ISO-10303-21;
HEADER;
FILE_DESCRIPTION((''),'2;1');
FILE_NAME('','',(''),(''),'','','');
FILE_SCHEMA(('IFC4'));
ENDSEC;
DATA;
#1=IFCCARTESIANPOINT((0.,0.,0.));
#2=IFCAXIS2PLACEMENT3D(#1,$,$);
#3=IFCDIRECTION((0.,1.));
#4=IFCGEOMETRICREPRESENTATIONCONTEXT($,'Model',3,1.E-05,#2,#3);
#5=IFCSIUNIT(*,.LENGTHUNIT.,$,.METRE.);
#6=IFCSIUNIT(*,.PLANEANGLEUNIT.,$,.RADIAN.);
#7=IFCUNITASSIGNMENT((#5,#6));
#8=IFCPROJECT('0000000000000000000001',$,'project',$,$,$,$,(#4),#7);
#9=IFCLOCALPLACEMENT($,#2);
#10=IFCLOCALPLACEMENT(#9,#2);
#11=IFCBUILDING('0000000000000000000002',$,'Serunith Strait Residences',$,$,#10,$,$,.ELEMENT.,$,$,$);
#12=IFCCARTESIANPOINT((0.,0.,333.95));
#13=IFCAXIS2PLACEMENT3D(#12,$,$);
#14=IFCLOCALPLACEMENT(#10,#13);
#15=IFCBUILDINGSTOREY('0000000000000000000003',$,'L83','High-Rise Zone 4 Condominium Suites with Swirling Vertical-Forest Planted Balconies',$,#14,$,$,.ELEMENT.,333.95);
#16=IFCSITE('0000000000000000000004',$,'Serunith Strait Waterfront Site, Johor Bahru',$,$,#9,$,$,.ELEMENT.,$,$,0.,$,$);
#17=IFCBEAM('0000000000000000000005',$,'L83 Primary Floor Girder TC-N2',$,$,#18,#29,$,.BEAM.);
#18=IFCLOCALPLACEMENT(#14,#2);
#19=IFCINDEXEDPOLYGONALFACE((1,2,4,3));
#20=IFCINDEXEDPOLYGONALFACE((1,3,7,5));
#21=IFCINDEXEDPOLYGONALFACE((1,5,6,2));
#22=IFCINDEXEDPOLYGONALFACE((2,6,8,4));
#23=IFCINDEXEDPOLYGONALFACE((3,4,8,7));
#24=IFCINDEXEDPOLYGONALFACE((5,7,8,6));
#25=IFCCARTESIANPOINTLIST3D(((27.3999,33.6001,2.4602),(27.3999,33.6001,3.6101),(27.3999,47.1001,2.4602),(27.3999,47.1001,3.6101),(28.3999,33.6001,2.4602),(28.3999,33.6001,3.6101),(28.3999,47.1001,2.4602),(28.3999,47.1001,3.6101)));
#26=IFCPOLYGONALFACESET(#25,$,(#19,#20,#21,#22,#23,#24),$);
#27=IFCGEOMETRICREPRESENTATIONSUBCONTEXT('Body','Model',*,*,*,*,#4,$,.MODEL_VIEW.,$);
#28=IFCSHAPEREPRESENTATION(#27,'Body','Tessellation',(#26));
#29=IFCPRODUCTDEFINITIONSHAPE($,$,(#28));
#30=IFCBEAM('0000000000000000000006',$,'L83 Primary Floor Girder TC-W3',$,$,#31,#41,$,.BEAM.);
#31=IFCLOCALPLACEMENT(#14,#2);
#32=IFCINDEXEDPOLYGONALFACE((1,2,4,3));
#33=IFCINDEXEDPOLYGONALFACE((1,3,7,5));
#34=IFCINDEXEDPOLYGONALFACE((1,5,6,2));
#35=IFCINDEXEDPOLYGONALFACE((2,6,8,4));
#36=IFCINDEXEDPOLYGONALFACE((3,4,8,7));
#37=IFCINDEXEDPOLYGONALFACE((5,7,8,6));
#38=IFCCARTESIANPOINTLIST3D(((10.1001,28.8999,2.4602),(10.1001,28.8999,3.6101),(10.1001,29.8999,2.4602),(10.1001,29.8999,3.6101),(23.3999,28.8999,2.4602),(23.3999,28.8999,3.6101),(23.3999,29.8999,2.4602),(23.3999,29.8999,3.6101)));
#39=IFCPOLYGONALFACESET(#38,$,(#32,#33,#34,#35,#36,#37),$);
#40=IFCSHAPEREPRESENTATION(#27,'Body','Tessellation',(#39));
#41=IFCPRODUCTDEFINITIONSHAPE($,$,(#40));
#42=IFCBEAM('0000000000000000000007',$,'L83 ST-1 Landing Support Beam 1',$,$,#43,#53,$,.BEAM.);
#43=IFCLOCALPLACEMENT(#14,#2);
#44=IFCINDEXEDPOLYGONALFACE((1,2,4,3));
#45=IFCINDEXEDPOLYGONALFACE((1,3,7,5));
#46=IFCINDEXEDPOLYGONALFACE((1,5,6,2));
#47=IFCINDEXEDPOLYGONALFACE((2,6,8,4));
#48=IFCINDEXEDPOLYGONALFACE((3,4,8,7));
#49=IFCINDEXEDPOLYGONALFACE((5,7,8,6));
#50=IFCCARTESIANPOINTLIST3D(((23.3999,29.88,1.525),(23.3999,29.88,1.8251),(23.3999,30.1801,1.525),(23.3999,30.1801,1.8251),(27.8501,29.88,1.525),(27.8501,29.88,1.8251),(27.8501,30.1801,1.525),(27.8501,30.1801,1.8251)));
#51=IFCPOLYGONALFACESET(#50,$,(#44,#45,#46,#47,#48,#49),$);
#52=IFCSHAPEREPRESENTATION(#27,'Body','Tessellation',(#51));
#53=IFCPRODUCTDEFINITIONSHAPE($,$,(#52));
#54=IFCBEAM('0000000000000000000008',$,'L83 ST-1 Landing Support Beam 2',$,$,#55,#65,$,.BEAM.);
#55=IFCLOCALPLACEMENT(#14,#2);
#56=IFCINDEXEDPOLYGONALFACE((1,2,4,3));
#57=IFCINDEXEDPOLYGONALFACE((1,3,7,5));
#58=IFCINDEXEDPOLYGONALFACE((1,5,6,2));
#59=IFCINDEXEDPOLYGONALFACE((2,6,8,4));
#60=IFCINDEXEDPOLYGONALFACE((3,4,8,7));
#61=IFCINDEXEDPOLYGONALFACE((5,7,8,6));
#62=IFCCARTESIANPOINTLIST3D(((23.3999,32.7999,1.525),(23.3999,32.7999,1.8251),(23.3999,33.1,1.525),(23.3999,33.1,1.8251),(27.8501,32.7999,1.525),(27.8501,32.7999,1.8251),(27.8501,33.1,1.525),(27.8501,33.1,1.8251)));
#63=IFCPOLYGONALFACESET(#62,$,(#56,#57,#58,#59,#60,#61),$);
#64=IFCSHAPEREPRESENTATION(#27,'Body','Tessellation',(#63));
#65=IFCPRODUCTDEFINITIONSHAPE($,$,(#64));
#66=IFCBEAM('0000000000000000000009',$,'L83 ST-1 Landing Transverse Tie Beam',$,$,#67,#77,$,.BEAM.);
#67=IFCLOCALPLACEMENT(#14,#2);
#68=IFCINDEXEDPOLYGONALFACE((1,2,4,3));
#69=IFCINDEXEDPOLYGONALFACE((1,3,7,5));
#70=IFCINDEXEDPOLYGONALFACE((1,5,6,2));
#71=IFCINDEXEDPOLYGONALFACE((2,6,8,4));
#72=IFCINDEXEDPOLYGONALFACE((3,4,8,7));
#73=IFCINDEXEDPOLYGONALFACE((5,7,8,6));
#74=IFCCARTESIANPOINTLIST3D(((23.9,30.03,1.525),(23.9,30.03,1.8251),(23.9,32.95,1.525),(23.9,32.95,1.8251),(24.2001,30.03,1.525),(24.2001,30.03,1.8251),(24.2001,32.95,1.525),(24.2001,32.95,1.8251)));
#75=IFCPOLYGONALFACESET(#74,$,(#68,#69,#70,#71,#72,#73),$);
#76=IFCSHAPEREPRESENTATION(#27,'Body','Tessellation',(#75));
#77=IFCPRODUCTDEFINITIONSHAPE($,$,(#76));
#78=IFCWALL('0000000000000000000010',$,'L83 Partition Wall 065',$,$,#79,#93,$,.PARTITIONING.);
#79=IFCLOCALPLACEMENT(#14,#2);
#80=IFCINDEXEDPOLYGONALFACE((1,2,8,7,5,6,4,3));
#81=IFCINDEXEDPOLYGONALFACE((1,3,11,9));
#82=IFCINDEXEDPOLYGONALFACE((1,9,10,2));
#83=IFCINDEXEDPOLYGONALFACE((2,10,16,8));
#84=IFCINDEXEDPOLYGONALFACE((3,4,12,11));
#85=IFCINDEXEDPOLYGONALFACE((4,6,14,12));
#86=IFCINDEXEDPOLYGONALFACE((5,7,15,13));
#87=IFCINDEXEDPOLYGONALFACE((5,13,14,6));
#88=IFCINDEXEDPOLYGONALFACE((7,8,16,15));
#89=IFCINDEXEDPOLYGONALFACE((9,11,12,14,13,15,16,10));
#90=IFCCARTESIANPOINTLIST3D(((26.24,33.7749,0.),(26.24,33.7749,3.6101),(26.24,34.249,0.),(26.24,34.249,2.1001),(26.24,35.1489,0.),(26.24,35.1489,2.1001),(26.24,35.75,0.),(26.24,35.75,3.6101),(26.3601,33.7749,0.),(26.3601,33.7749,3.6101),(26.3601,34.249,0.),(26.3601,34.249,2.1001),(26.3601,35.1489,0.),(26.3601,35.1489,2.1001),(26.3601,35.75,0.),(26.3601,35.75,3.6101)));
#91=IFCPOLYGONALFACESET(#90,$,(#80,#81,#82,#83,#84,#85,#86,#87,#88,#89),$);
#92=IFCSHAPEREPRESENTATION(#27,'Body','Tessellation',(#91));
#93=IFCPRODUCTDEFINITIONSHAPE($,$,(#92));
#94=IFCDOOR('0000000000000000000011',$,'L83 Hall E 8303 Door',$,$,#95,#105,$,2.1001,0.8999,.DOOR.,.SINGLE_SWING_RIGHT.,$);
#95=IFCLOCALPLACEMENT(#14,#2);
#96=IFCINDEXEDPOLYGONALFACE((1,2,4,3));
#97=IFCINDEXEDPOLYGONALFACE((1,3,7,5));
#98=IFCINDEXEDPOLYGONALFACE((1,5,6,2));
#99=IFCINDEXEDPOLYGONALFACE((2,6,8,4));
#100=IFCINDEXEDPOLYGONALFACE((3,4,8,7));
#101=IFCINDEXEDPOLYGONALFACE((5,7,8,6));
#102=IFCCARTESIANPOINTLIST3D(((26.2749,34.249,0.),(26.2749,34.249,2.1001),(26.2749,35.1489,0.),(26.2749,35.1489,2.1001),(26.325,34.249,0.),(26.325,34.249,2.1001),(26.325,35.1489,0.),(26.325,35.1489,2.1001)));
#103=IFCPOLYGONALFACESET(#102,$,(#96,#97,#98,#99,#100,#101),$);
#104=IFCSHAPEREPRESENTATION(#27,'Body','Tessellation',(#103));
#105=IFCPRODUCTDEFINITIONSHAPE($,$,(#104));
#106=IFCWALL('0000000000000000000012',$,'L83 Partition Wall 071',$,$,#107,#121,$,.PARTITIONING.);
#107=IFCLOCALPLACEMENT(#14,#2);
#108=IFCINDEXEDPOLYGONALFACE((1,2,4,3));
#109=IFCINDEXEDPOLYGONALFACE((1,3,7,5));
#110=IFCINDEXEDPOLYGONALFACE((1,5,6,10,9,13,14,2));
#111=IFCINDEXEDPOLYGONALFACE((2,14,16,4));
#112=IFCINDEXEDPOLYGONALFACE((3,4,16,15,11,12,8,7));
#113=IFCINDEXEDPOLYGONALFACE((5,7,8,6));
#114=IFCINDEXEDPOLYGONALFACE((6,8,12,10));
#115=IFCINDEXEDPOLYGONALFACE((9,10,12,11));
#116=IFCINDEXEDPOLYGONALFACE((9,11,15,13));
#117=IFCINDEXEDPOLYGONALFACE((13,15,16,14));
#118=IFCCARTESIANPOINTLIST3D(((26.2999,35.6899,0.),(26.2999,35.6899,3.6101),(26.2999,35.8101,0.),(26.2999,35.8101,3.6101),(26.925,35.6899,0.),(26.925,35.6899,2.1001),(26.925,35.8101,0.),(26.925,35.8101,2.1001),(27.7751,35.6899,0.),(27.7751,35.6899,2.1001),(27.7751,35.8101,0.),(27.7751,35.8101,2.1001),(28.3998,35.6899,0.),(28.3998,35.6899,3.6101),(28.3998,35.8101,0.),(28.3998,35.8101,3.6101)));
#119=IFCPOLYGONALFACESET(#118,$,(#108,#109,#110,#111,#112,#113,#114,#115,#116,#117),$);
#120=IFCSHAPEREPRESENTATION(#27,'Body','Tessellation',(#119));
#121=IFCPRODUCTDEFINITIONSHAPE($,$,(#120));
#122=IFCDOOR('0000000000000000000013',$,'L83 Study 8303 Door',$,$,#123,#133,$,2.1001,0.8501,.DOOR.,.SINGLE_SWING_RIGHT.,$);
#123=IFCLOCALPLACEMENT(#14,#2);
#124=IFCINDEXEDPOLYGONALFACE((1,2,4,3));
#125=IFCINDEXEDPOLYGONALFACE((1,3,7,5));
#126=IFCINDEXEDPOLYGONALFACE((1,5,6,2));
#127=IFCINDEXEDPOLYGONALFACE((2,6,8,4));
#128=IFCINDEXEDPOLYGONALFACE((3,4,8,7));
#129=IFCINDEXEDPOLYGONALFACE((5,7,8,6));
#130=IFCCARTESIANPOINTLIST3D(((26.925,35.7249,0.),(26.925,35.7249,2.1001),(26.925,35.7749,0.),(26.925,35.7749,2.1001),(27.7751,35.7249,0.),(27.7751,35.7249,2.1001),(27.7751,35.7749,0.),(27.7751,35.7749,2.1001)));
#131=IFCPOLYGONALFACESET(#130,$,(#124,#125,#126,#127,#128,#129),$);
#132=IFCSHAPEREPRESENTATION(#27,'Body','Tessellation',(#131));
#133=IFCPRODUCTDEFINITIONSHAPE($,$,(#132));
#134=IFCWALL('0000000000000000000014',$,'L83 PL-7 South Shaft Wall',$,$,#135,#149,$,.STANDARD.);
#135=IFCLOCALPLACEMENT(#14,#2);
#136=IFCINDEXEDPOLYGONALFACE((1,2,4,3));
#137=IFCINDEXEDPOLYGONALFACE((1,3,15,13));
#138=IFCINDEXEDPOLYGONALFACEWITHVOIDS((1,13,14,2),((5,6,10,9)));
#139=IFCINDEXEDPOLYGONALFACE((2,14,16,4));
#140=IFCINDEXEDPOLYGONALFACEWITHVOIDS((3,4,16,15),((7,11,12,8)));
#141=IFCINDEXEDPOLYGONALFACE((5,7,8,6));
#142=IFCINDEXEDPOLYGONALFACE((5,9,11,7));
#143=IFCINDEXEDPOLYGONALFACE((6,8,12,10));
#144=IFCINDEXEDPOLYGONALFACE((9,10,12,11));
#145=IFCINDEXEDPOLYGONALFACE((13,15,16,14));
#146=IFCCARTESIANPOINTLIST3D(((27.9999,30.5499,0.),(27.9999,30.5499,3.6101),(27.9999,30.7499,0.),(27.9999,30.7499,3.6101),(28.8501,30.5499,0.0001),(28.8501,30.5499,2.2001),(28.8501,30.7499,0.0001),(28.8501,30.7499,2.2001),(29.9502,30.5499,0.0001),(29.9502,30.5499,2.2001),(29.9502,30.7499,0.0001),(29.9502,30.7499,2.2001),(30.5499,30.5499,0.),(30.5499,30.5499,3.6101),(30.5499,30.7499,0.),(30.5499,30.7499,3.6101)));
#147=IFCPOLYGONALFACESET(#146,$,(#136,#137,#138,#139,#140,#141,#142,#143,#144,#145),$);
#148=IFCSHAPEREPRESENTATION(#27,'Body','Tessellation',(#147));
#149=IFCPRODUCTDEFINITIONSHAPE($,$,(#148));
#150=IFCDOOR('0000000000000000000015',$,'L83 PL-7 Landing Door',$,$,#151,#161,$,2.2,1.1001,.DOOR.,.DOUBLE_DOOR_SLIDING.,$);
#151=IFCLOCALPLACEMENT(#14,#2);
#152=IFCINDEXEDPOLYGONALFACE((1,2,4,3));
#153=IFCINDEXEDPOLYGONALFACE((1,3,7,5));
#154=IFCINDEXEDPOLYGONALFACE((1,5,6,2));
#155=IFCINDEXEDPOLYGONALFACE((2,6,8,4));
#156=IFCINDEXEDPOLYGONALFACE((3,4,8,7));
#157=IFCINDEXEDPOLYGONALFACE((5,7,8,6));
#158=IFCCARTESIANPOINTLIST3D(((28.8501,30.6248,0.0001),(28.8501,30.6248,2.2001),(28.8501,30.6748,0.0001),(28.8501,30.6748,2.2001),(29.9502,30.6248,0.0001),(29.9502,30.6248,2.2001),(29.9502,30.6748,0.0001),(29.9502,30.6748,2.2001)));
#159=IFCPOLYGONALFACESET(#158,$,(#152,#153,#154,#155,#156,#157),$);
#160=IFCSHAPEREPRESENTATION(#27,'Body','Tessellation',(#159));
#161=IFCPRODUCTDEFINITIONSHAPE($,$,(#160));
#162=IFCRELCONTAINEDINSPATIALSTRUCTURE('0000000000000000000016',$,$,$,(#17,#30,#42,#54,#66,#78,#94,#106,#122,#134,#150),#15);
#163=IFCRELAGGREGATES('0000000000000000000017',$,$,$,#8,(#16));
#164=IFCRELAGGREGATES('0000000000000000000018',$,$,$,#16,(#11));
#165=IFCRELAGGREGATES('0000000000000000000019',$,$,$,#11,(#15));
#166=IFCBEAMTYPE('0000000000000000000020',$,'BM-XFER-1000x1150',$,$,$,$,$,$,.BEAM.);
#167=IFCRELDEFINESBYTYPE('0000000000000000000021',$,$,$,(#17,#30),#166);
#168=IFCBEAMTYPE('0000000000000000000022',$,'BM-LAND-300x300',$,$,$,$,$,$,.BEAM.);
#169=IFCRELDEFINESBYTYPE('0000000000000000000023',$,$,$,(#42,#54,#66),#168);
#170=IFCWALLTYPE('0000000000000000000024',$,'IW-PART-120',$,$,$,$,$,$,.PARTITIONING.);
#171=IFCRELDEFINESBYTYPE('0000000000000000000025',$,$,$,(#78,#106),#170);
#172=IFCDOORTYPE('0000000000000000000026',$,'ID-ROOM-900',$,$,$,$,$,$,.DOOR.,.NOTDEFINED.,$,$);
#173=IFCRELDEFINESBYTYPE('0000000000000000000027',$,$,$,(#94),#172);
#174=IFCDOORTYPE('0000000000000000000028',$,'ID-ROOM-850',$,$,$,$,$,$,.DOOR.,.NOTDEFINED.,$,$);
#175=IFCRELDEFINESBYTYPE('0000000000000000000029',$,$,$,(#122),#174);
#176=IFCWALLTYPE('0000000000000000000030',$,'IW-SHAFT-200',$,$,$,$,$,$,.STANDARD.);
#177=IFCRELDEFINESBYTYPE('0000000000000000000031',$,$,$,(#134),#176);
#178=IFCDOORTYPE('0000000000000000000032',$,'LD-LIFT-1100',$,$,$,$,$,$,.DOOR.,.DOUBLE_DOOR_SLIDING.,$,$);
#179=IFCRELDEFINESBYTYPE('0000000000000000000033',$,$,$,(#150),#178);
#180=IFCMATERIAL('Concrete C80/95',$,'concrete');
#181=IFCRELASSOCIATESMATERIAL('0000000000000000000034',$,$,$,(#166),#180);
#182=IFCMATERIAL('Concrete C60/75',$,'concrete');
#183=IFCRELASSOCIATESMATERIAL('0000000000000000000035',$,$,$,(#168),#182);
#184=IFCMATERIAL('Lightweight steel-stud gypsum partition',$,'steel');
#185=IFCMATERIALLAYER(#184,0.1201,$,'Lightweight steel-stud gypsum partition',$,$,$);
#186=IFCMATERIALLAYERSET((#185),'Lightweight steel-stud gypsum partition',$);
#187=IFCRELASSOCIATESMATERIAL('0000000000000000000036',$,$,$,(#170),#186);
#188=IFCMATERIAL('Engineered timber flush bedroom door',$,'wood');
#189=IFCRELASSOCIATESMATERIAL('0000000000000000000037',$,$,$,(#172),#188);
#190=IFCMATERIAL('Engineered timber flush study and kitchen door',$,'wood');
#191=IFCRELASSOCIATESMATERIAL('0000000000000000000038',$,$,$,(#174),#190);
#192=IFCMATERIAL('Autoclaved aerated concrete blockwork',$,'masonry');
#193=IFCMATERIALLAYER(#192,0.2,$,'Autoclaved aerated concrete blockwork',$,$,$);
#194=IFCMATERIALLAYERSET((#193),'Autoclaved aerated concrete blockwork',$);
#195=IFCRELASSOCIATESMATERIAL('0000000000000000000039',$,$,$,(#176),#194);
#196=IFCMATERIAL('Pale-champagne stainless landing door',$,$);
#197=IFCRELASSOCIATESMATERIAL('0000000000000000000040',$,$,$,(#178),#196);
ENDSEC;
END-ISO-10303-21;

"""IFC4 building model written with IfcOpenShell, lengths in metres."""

from ifc_helpers import new_model, si_unit, direction, frame, frame_2d, origin, origin_2d, place, context, subcontext, project, spatial, rectangle, extrude, source, transform, mapped, material, layer, layer_set, material_profile, profile_set, type_object, element, fill, save


model = new_model("IFC4")

# Units and contexts
model_context = context("Model", 3, precision=1e-05, world=origin(), true_north=direction((0.0, 1.0)))
body_context = subcontext(model_context, "Body", "Model", "MODEL_VIEW")
ifc_project = project(units=[si_unit("LENGTHUNIT", "METRE"), si_unit("PLANEANGLEUNIT", "RADIAN")], contexts=[model_context])

# Site, building, storey
site_placement = place(None, origin())
site = spatial("IfcSite", under=ifc_project, at=site_placement, Name="Serunith Strait Waterfront Site, Johor Bahru", CompositionType="ELEMENT", RefElevation=0.0)
building_placement = place(site_placement, origin())
building = spatial("IfcBuilding", under=site, at=building_placement, Name="Serunith Strait Residences", CompositionType="ELEMENT")
storey_placement = place(building_placement, frame((0.0, 0.0, 333.95)))
storey = spatial("IfcBuildingStorey", under=building, at=storey_placement, Name="L83", Description="High-Rise Zone 4 Condominium Suites with Swirling Vertical-Forest Planted Balconies", CompositionType="ELEMENT", Elevation=333.95)

# Beams
ifc_material_1 = material(Name="Concrete C80/95", Category="concrete")
ifc_material_profile_1 = material_profile(ifc_material_1, rectangle(XDim=1.0, YDim=1.1499, at=origin_2d()), Name="RC 1000x1150")
ifc_profile_set_1 = profile_set([ifc_material_profile_1], Name="Concrete C80/95")
beam_type_1 = type_object("IfcBeamType", Name="BM-XFER-1000x1150", PredefinedType="BEAM", material=ifc_profile_set_1)
shared_shape_1 = source(origin(), body_context, "Body", "SweptSolid", [
    extrude(rectangle(XDim=1.0, YDim=1.1499, at=origin_2d()), origin(), (0.0, 0.0, 1.0), 13.5),
])
beam_1_placement = place(storey_placement, frame((27.8999, 33.6001, 3.0352), z_axis=(0.0, 1.0, 0.0), x_axis=(-1.0, 0.0, 0.0)))
element("IfcBeam", 1, at=beam_1_placement, inside=storey, type_object=beam_type_1, Name="L83 Primary Floor Girder TC-N2", PredefinedType="BEAM", context=body_context, shape_type="MappedRepresentation", body=[
    mapped(shared_shape_1, transform((0.0, 0.0, 0.0), scale=1.0)),
])
shared_shape_2 = source(origin(), body_context, "Body", "SweptSolid", [
    extrude(rectangle(XDim=1.0, YDim=1.1499, at=origin_2d()), origin(), (0.0, 0.0, 1.0), 13.2998),
])
beam_2_placement = place(storey_placement, frame((23.3999, 29.3999, 3.0352), z_axis=(-1.0, 0.0, 0.0), x_axis=(0.0, -1.0, 0.0)))
element("IfcBeam", 2, at=beam_2_placement, inside=storey, type_object=beam_type_1, Name="L83 Primary Floor Girder TC-W3", PredefinedType="BEAM", context=body_context, shape_type="MappedRepresentation", body=[
    mapped(shared_shape_2, transform((0.0, 0.0, 0.0), scale=1.0)),
])
ifc_material_2 = material(Name="Concrete C60/75", Category="concrete")
ifc_material_profile_2 = material_profile(ifc_material_2, rectangle(XDim=0.3, YDim=0.3, at=origin_2d()), Name="RC 300x300")
ifc_profile_set_2 = profile_set([ifc_material_profile_2], Name="Concrete C60/75")
beam_type_2 = type_object("IfcBeamType", Name="BM-LAND-300x300", PredefinedType="BEAM", material=ifc_profile_set_2)
shared_shape_3 = source(origin(), body_context, "Body", "SweptSolid", [
    extrude(rectangle(XDim=0.3, YDim=0.3, at=origin_2d()), origin(), (0.0, 0.0, 1.0), 4.4502),
])
for number, where, z_axis, x_axis, name in (
    (3, (23.3999, 30.03, 1.675), (1.0, 0.0, 0.0), (0.0, 1.0, 0.0), "L83 ST-1 Landing Support Beam 1"),
    (4, (23.3999, 32.95, 1.675), (1.0, 0.0, 0.0), (0.0, 1.0, 0.0), "L83 ST-1 Landing Support Beam 2"),
):
    element("IfcBeam", number, at=place(storey_placement, frame(where, z_axis=z_axis, x_axis=x_axis)), inside=storey, type_object=beam_type_2, Name=name, PredefinedType="BEAM", context=body_context, shape_type="MappedRepresentation", body=[
        mapped(shared_shape_3, transform((0.0, 0.0, 0.0), scale=1.0)),
    ])
shared_shape_4 = source(origin(), body_context, "Body", "SweptSolid", [
    extrude(rectangle(XDim=0.3, YDim=0.3, at=origin_2d()), origin(), (0.0, 0.0, 1.0), 2.9199),
])
beam_3_placement = place(storey_placement, frame((24.05, 30.03, 1.675), z_axis=(0.0, 1.0, 0.0), x_axis=(-1.0, 0.0, 0.0)))
element("IfcBeam", 5, at=beam_3_placement, inside=storey, type_object=beam_type_2, Name="L83 ST-1 Landing Transverse Tie Beam", PredefinedType="BEAM", context=body_context, shape_type="MappedRepresentation", body=[
    mapped(shared_shape_4, transform((0.0, 0.0, 0.0), scale=1.0)),
])

# Walls, openings, doors
ifc_material_3 = material(Name="Lightweight steel-stud gypsum partition", Category="steel")
ifc_layer_1 = layer(ifc_material_3, 0.1201, Name="Lightweight steel-stud gypsum partition")
ifc_layer_set_1 = layer_set([ifc_layer_1], Name="Lightweight steel-stud gypsum partition")
wall_type_1 = type_object("IfcWallType", Name="IW-PART-120", PredefinedType="PARTITIONING", material=ifc_layer_set_1)
wall_1_placement = place(storey_placement, frame((26.3, 35.75, 0.0), z_axis=(0.0, 0.0, 1.0), x_axis=(0.0, -1.0, 0.0)))
wall_1 = element("IfcWall", 6, at=wall_1_placement, inside=storey, type_object=wall_type_1, Name="L83 Partition Wall 065", PredefinedType="PARTITIONING", context=body_context, shape_type="SweptSolid", body=[
    extrude(rectangle(XDim=1.9751, YDim=0.1201, at=frame_2d((0.9875, 0.0))), origin(), (0.0, 0.0, 1.0), 3.6101),
])
opening_1_placement = place(wall_1_placement, frame((0.6011, 0.0, 0.0)))
opening_1 = element("IfcOpeningElement", 7, at=opening_1_placement, cuts=wall_1, PredefinedType="OPENING", context=body_context, shape_type="SweptSolid", body=[
    extrude(rectangle(XDim=0.8999, YDim=2.1001, at=frame_2d((0.45, 1.05))), frame((0.0, 0.0701, 0.0), z_axis=(0.0, -1.0, 0.0), x_axis=(1.0, 0.0, 0.0)), (0.0, 0.0, 1.0), 0.1401),
])
ifc_material_4 = material(Name="Engineered timber flush bedroom door", Category="wood")
door_type_1 = type_object("IfcDoorType", Name="ID-ROOM-900", OperationType="NOTDEFINED", PredefinedType="DOOR", material=ifc_material_4)
shared_shape_5 = source(origin(), body_context, "Body", "SweptSolid", [
    extrude(rectangle(XDim=0.8999, YDim=2.1001, at=frame_2d((0.45, 1.05))), frame((0.0, 0.0249, 0.0), z_axis=(0.0, -1.0, 0.0), x_axis=(1.0, 0.0, 0.0)), (0.0, 0.0, 1.0), 0.05),
])
door_1_placement = place(opening_1_placement, origin())
door_1 = element("IfcDoor", 8, at=door_1_placement, inside=storey, type_object=door_type_1, Name="L83 Hall E 8303 Door", OperationType="SINGLE_SWING_RIGHT", OverallHeight=2.1001, OverallWidth=0.8999, PredefinedType="DOOR", context=body_context, shape_type="MappedRepresentation", body=[
    mapped(shared_shape_5, transform((0.0, 0.0, 0.0), scale=1.0)),
])
fill(opening_1, door_1)
wall_2_placement = place(storey_placement, frame((26.3, 35.75, 0.0), z_axis=(0.0, 0.0, 1.0), x_axis=(1.0, 0.0, 0.0)))
wall_2 = element("IfcWall", 9, at=wall_2_placement, inside=storey, type_object=wall_type_1, Name="L83 Partition Wall 071", PredefinedType="PARTITIONING", context=body_context, shape_type="SweptSolid", body=[
    extrude(rectangle(XDim=2.0999, YDim=0.1201, at=frame_2d((1.0498, 0.0))), origin(), (0.0, 0.0, 1.0), 3.6101),
])
opening_2_placement = place(wall_2_placement, frame((0.625, 0.0, 0.0)))
opening_2 = element("IfcOpeningElement", 10, at=opening_2_placement, cuts=wall_2, PredefinedType="OPENING", context=body_context, shape_type="SweptSolid", body=[
    extrude(rectangle(XDim=0.8501, YDim=2.1001, at=frame_2d((0.425, 1.05))), frame((0.0, 0.0701, 0.0), z_axis=(0.0, -1.0, 0.0), x_axis=(1.0, 0.0, 0.0)), (0.0, 0.0, 1.0), 0.1401),
])
ifc_material_5 = material(Name="Engineered timber flush study and kitchen door", Category="wood")
door_type_2 = type_object("IfcDoorType", Name="ID-ROOM-850", OperationType="NOTDEFINED", PredefinedType="DOOR", material=ifc_material_5)
shared_shape_6 = source(origin(), body_context, "Body", "SweptSolid", [
    extrude(rectangle(XDim=0.8501, YDim=2.1001, at=frame_2d((0.425, 1.05))), frame((0.0, 0.0249, 0.0), z_axis=(0.0, -1.0, 0.0), x_axis=(1.0, 0.0, 0.0)), (0.0, 0.0, 1.0), 0.05),
])
door_2_placement = place(opening_2_placement, origin())
door_2 = element("IfcDoor", 11, at=door_2_placement, inside=storey, type_object=door_type_2, Name="L83 Study 8303 Door", OperationType="SINGLE_SWING_RIGHT", OverallHeight=2.1001, OverallWidth=0.8501, PredefinedType="DOOR", context=body_context, shape_type="MappedRepresentation", body=[
    mapped(shared_shape_6, transform((0.0, 0.0, 0.0), scale=1.0)),
])
fill(opening_2, door_2)
ifc_material_6 = material(Name="Autoclaved aerated concrete blockwork", Category="masonry")
ifc_layer_2 = layer(ifc_material_6, 0.2, Name="Autoclaved aerated concrete blockwork")
ifc_layer_set_2 = layer_set([ifc_layer_2], Name="Autoclaved aerated concrete blockwork")
wall_type_2 = type_object("IfcWallType", Name="IW-SHAFT-200", PredefinedType="STANDARD", material=ifc_layer_set_2)
wall_3_placement = place(storey_placement, frame((28.0, 30.6499, 0.0), z_axis=(0.0, 0.0, 1.0), x_axis=(1.0, 0.0, 0.0)))
wall_3 = element("IfcWall", 12, at=wall_3_placement, inside=storey, type_object=wall_type_2, Name="L83 PL-7 South Shaft Wall", PredefinedType="STANDARD", context=body_context, shape_type="SweptSolid", body=[
    extrude(rectangle(XDim=2.55, YDim=0.2, at=frame_2d((1.2749, 0.0))), origin(), (0.0, 0.0, 1.0), 3.6101),
])
opening_3_placement = place(wall_3_placement, frame((0.8501, 0.0, 0.0)))
opening_3 = element("IfcOpeningElement", 13, at=opening_3_placement, cuts=wall_3, PredefinedType="OPENING", context=body_context, shape_type="SweptSolid", body=[
    extrude(rectangle(XDim=1.1001, YDim=2.2, at=frame_2d((0.55, 1.1001))), frame((0.0, 0.1099, 0.0), z_axis=(0.0, -1.0, 0.0), x_axis=(1.0, 0.0, 0.0)), (0.0, 0.0, 1.0), 0.22),
])
ifc_material_7 = material(Name="Pale-champagne stainless landing door")
door_type_3 = type_object("IfcDoorType", Name="LD-LIFT-1100", OperationType="DOUBLE_DOOR_SLIDING", PredefinedType="DOOR", material=ifc_material_7)
shared_shape_7 = source(origin(), body_context, "Body", "SweptSolid", [
    extrude(rectangle(XDim=1.1001, YDim=2.2, at=frame_2d((0.55, 1.1001))), frame((0.0, 0.0249, 0.0), z_axis=(0.0, -1.0, 0.0), x_axis=(1.0, 0.0, 0.0)), (0.0, 0.0, 1.0), 0.05),
])
door_3_placement = place(opening_3_placement, origin())
door_3 = element("IfcDoor", 14, at=door_3_placement, inside=storey, type_object=door_type_3, Name="L83 PL-7 Landing Door", OperationType="DOUBLE_DOOR_SLIDING", OverallHeight=2.2, OverallWidth=1.1001, PredefinedType="DOOR", context=body_context, shape_type="MappedRepresentation", body=[
    mapped(shared_shape_7, transform((0.0, 0.0, 0.0), scale=1.0)),
])
fill(opening_3, door_3)

save(model, "model.ifc")
